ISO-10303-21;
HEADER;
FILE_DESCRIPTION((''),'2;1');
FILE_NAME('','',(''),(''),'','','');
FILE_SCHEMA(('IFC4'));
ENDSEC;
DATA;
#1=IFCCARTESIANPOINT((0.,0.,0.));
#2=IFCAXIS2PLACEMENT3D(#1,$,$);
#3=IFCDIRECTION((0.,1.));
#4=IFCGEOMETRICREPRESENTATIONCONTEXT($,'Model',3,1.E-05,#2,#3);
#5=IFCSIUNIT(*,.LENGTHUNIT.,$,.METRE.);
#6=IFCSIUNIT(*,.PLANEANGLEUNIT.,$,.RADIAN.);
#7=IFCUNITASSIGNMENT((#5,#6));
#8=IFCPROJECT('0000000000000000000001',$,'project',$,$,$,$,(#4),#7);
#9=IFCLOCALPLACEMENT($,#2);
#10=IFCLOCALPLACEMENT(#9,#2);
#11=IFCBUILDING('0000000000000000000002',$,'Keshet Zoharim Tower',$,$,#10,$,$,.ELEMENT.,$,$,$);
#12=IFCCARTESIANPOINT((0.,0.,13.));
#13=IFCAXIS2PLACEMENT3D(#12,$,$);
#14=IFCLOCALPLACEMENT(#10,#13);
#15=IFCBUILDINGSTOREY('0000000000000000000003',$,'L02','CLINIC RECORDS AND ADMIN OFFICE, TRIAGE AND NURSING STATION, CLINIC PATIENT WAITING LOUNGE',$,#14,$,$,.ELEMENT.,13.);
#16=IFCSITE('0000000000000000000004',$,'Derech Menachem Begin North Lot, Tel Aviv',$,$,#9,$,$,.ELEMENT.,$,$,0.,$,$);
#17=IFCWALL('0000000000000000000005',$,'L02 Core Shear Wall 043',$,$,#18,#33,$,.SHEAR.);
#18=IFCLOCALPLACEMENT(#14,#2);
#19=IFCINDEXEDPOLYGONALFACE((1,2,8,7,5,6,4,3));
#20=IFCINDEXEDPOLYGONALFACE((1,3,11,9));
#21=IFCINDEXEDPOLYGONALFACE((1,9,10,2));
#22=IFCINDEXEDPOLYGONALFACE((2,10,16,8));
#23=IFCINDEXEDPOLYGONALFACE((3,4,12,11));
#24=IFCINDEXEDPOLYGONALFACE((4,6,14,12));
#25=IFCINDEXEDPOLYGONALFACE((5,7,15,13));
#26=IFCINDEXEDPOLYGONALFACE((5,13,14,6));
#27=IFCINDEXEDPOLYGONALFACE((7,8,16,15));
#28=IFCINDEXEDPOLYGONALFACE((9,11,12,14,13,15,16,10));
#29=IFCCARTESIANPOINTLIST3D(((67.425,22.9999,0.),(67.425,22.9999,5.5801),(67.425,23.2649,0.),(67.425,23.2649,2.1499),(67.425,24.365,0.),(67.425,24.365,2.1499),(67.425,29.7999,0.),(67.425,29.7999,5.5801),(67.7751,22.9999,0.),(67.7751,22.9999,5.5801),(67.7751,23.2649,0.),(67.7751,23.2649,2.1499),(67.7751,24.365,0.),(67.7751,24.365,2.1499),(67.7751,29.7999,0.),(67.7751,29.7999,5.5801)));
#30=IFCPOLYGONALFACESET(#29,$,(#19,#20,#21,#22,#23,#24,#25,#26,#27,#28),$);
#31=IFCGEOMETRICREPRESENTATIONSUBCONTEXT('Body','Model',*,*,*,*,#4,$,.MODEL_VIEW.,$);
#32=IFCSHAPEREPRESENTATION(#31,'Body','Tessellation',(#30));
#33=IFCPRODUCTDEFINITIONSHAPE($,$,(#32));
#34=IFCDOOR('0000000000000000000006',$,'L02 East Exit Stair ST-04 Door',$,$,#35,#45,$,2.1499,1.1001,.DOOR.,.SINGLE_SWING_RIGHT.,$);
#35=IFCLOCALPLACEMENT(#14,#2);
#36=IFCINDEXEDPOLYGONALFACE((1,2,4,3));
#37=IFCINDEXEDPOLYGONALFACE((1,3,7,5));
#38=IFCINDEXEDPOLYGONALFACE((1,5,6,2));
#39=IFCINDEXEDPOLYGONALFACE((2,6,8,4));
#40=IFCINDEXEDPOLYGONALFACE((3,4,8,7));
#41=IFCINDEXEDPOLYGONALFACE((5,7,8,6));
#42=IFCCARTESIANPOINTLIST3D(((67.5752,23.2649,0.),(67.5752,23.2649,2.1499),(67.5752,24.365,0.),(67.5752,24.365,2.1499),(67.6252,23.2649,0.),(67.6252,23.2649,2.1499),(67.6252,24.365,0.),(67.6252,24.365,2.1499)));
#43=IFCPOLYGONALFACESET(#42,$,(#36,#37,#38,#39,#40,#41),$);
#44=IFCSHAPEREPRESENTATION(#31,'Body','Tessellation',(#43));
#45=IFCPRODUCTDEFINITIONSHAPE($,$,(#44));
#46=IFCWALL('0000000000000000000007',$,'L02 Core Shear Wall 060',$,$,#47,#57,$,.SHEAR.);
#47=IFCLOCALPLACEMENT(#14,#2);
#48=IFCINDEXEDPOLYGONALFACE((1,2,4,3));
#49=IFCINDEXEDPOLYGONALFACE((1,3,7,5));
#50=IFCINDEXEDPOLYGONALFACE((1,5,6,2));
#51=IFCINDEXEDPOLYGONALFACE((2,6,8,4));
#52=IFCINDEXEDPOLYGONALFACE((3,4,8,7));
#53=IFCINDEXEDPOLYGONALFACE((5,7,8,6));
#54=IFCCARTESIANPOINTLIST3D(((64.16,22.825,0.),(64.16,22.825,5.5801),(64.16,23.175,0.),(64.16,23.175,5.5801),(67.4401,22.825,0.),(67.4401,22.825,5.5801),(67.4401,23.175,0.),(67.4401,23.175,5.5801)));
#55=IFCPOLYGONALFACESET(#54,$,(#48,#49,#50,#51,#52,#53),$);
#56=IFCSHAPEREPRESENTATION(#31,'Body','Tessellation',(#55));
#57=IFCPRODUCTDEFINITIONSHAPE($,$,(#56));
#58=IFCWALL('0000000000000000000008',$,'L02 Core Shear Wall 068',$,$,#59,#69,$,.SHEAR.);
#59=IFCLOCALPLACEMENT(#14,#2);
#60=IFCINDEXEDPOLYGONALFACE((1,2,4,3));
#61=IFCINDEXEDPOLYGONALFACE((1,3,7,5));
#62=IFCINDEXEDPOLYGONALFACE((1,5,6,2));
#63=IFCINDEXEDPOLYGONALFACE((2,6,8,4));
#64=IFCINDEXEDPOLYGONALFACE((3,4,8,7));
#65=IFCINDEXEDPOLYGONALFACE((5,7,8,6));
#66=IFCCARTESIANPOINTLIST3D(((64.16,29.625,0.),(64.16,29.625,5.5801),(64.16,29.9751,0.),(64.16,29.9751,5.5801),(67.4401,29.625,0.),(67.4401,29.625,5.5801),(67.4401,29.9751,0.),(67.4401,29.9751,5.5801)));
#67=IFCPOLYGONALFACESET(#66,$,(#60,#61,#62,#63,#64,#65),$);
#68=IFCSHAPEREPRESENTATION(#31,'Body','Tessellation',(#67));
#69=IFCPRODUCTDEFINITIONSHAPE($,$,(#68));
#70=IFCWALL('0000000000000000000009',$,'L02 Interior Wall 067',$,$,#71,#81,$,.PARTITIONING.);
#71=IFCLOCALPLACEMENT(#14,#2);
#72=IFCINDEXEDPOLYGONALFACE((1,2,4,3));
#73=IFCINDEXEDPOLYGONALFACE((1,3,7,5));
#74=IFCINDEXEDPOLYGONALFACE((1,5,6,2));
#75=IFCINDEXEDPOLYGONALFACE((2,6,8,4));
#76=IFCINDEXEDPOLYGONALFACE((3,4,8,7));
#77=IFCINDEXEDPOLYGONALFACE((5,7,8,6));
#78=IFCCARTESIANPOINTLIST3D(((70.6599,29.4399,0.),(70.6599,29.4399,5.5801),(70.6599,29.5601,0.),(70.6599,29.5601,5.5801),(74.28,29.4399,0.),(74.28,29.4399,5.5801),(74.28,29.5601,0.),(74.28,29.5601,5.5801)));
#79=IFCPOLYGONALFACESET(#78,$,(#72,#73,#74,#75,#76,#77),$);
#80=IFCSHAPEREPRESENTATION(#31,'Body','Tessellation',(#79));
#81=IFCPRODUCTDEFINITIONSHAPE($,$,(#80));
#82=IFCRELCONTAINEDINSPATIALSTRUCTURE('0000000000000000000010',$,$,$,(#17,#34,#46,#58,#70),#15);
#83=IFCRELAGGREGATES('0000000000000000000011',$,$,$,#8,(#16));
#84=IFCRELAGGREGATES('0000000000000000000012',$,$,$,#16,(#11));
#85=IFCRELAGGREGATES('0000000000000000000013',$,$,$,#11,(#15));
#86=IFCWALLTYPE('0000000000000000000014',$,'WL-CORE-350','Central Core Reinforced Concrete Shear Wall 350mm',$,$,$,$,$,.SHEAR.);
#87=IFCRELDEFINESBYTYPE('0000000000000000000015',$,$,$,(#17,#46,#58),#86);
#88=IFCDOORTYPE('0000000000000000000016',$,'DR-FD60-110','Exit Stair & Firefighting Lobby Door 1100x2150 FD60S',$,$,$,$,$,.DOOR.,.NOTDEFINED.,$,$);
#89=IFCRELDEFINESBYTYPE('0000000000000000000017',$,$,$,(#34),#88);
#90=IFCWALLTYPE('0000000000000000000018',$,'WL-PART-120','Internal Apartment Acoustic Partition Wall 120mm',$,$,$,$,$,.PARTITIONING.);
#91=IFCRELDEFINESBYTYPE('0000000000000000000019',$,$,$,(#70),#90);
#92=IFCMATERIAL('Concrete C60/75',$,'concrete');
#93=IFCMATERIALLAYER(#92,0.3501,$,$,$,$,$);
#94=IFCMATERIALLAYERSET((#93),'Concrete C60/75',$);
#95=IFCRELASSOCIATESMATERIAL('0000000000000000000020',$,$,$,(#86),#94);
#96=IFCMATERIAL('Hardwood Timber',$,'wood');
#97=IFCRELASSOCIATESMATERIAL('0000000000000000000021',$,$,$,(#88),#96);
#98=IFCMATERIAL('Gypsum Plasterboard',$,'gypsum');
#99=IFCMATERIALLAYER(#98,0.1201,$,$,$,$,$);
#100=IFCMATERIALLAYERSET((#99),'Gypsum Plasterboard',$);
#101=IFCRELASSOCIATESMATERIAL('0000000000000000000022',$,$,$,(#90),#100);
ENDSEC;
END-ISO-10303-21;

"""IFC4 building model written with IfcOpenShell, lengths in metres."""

from ifc_helpers import new_model, si_unit, direction, frame, frame_2d, origin, place, context, subcontext, project, spatial, rectangle, extrude, material, layer, layer_set, type_object, element, fill, save


model = new_model("IFC4")

# Units and contexts
model_context = context("Model", 3, precision=1e-05, world=origin(), true_north=direction((0.0, 1.0)))
body_context = subcontext(model_context, "Body", "Model", "MODEL_VIEW")
ifc_project = project(units=[si_unit("LENGTHUNIT", "METRE"), si_unit("PLANEANGLEUNIT", "RADIAN")], contexts=[model_context])

# Site, building, storey
site_placement = place(None, origin())
site = spatial("IfcSite", under=ifc_project, at=site_placement, Name="Derech Menachem Begin North Lot, Tel Aviv", CompositionType="ELEMENT", RefElevation=0.0)
building_placement = place(site_placement, origin())
building = spatial("IfcBuilding", under=site, at=building_placement, Name="Keshet Zoharim Tower", CompositionType="ELEMENT")
storey_placement = place(building_placement, frame((0.0, 0.0, 13.0)))
storey = spatial("IfcBuildingStorey", under=building, at=storey_placement, Name="L02", Description="CLINIC RECORDS AND ADMIN OFFICE, TRIAGE AND NURSING STATION, CLINIC PATIENT WAITING LOUNGE", CompositionType="ELEMENT", Elevation=13.0)

# Shared definitions
ifc_material_1 = material(Name="Concrete C60/75", Category="concrete")

# Shared definitions
ifc_material_2 = material(Name="Gypsum Plasterboard", Category="gypsum")
ifc_material_3 = material(Name="Hardwood Timber", Category="wood")

# Shared definitions
ifc_layer_1 = layer(ifc_material_1, 0.3501)
ifc_layer_set_1 = layer_set([ifc_layer_1], Name="Concrete C60/75")
wall_type_1 = type_object("IfcWallType", Name="WL-CORE-350", Description="Central Core Reinforced Concrete Shear Wall 350mm", PredefinedType="SHEAR", material=ifc_layer_set_1)

# Wall, opening, door
wall_1_placement = place(storey_placement, frame((67.6001, 23.0, 0.0), z_axis=(0.0, 0.0, 1.0), x_axis=(0.0, 1.0, 0.0)))
wall_1 = element("IfcWall", 1, at=wall_1_placement, inside=storey, type_object=wall_type_1, Name="L02 Core Shear Wall 043", PredefinedType="SHEAR", context=body_context, shape_type="SweptSolid", body=[
    extrude(rectangle(XDim=6.8, YDim=0.3501, at=frame_2d((3.3999, 0.0))), origin(), (0.0, 0.0, 1.0), 5.5801),
])
opening_1_placement = place(wall_1_placement, frame((0.2649, 0.0, 0.0)))
opening_1 = element("IfcOpeningElement", 2, at=opening_1_placement, cuts=wall_1, PredefinedType="OPENING", context=body_context, shape_type="SweptSolid", body=[
    extrude(rectangle(XDim=1.1001, YDim=2.1499, at=frame_2d((0.55, 1.075))), frame((0.0, 0.1851, 0.0), z_axis=(0.0, -1.0, 0.0), x_axis=(1.0, 0.0, 0.0)), (0.0, 0.0, 1.0), 0.3701),
])
door_type_1 = type_object("IfcDoorType", Name="DR-FD60-110", Description="Exit Stair & Firefighting Lobby Door 1100x2150 FD60S", OperationType="NOTDEFINED", PredefinedType="DOOR", material=ifc_material_3)
door_1_placement = place(opening_1_placement, origin())
door_1 = element("IfcDoor", 3, at=door_1_placement, inside=storey, type_object=door_type_1, Name="L02 East Exit Stair ST-04 Door", OperationType="SINGLE_SWING_RIGHT", OverallHeight=2.1499, OverallWidth=1.1001, PredefinedType="DOOR", context=body_context, shape_type="SweptSolid", body=[
    extrude(rectangle(XDim=1.1001, YDim=2.1499, at=frame_2d((0.55, 1.075))), frame((0.0, 0.0249, 0.0), z_axis=(0.0, -1.0, 0.0), x_axis=(1.0, 0.0, 0.0)), (0.0, 0.0, 1.0), 0.05),
])
fill(opening_1, door_1)

# Walls
for number, where, z_axis, x_axis, name in (
    (4, (64.1599, 23.0, 0.0), (0.0, 0.0, 1.0), (1.0, 0.0, 0.0), "L02 Core Shear Wall 060"),
    (5, (64.1599, 29.8, 0.0), (0.0, 0.0, 1.0), (1.0, 0.0, 0.0), "L02 Core Shear Wall 068"),
):
    element("IfcWall", number, at=place(storey_placement, frame(where, z_axis=z_axis, x_axis=x_axis)), inside=storey, type_object=wall_type_1, Name=name, PredefinedType="SHEAR", context=body_context, shape_type="SweptSolid", body=[
        extrude(rectangle(XDim=3.28, YDim=0.3501, at=frame_2d((1.6401, 0.0))), origin(), (0.0, 0.0, 1.0), 5.5801),
    ])
ifc_layer_2 = layer(ifc_material_2, 0.1201)
ifc_layer_set_2 = layer_set([ifc_layer_2], Name="Gypsum Plasterboard")
wall_type_2 = type_object("IfcWallType", Name="WL-PART-120", Description="Internal Apartment Acoustic Partition Wall 120mm", PredefinedType="PARTITIONING", material=ifc_layer_set_2)
wall_2_placement = place(storey_placement, frame((70.6599, 29.5, 0.0), z_axis=(0.0, 0.0, 1.0), x_axis=(1.0, 0.0, 0.0)))
element("IfcWall", 6, at=wall_2_placement, inside=storey, type_object=wall_type_2, Name="L02 Interior Wall 067", PredefinedType="PARTITIONING", context=body_context, shape_type="SweptSolid", body=[
    extrude(rectangle(XDim=3.6201, YDim=0.1201, at=frame_2d((1.8101, 0.0))), origin(), (0.0, 0.0, 1.0), 5.5801),
])

save(model, "model.ifc")
